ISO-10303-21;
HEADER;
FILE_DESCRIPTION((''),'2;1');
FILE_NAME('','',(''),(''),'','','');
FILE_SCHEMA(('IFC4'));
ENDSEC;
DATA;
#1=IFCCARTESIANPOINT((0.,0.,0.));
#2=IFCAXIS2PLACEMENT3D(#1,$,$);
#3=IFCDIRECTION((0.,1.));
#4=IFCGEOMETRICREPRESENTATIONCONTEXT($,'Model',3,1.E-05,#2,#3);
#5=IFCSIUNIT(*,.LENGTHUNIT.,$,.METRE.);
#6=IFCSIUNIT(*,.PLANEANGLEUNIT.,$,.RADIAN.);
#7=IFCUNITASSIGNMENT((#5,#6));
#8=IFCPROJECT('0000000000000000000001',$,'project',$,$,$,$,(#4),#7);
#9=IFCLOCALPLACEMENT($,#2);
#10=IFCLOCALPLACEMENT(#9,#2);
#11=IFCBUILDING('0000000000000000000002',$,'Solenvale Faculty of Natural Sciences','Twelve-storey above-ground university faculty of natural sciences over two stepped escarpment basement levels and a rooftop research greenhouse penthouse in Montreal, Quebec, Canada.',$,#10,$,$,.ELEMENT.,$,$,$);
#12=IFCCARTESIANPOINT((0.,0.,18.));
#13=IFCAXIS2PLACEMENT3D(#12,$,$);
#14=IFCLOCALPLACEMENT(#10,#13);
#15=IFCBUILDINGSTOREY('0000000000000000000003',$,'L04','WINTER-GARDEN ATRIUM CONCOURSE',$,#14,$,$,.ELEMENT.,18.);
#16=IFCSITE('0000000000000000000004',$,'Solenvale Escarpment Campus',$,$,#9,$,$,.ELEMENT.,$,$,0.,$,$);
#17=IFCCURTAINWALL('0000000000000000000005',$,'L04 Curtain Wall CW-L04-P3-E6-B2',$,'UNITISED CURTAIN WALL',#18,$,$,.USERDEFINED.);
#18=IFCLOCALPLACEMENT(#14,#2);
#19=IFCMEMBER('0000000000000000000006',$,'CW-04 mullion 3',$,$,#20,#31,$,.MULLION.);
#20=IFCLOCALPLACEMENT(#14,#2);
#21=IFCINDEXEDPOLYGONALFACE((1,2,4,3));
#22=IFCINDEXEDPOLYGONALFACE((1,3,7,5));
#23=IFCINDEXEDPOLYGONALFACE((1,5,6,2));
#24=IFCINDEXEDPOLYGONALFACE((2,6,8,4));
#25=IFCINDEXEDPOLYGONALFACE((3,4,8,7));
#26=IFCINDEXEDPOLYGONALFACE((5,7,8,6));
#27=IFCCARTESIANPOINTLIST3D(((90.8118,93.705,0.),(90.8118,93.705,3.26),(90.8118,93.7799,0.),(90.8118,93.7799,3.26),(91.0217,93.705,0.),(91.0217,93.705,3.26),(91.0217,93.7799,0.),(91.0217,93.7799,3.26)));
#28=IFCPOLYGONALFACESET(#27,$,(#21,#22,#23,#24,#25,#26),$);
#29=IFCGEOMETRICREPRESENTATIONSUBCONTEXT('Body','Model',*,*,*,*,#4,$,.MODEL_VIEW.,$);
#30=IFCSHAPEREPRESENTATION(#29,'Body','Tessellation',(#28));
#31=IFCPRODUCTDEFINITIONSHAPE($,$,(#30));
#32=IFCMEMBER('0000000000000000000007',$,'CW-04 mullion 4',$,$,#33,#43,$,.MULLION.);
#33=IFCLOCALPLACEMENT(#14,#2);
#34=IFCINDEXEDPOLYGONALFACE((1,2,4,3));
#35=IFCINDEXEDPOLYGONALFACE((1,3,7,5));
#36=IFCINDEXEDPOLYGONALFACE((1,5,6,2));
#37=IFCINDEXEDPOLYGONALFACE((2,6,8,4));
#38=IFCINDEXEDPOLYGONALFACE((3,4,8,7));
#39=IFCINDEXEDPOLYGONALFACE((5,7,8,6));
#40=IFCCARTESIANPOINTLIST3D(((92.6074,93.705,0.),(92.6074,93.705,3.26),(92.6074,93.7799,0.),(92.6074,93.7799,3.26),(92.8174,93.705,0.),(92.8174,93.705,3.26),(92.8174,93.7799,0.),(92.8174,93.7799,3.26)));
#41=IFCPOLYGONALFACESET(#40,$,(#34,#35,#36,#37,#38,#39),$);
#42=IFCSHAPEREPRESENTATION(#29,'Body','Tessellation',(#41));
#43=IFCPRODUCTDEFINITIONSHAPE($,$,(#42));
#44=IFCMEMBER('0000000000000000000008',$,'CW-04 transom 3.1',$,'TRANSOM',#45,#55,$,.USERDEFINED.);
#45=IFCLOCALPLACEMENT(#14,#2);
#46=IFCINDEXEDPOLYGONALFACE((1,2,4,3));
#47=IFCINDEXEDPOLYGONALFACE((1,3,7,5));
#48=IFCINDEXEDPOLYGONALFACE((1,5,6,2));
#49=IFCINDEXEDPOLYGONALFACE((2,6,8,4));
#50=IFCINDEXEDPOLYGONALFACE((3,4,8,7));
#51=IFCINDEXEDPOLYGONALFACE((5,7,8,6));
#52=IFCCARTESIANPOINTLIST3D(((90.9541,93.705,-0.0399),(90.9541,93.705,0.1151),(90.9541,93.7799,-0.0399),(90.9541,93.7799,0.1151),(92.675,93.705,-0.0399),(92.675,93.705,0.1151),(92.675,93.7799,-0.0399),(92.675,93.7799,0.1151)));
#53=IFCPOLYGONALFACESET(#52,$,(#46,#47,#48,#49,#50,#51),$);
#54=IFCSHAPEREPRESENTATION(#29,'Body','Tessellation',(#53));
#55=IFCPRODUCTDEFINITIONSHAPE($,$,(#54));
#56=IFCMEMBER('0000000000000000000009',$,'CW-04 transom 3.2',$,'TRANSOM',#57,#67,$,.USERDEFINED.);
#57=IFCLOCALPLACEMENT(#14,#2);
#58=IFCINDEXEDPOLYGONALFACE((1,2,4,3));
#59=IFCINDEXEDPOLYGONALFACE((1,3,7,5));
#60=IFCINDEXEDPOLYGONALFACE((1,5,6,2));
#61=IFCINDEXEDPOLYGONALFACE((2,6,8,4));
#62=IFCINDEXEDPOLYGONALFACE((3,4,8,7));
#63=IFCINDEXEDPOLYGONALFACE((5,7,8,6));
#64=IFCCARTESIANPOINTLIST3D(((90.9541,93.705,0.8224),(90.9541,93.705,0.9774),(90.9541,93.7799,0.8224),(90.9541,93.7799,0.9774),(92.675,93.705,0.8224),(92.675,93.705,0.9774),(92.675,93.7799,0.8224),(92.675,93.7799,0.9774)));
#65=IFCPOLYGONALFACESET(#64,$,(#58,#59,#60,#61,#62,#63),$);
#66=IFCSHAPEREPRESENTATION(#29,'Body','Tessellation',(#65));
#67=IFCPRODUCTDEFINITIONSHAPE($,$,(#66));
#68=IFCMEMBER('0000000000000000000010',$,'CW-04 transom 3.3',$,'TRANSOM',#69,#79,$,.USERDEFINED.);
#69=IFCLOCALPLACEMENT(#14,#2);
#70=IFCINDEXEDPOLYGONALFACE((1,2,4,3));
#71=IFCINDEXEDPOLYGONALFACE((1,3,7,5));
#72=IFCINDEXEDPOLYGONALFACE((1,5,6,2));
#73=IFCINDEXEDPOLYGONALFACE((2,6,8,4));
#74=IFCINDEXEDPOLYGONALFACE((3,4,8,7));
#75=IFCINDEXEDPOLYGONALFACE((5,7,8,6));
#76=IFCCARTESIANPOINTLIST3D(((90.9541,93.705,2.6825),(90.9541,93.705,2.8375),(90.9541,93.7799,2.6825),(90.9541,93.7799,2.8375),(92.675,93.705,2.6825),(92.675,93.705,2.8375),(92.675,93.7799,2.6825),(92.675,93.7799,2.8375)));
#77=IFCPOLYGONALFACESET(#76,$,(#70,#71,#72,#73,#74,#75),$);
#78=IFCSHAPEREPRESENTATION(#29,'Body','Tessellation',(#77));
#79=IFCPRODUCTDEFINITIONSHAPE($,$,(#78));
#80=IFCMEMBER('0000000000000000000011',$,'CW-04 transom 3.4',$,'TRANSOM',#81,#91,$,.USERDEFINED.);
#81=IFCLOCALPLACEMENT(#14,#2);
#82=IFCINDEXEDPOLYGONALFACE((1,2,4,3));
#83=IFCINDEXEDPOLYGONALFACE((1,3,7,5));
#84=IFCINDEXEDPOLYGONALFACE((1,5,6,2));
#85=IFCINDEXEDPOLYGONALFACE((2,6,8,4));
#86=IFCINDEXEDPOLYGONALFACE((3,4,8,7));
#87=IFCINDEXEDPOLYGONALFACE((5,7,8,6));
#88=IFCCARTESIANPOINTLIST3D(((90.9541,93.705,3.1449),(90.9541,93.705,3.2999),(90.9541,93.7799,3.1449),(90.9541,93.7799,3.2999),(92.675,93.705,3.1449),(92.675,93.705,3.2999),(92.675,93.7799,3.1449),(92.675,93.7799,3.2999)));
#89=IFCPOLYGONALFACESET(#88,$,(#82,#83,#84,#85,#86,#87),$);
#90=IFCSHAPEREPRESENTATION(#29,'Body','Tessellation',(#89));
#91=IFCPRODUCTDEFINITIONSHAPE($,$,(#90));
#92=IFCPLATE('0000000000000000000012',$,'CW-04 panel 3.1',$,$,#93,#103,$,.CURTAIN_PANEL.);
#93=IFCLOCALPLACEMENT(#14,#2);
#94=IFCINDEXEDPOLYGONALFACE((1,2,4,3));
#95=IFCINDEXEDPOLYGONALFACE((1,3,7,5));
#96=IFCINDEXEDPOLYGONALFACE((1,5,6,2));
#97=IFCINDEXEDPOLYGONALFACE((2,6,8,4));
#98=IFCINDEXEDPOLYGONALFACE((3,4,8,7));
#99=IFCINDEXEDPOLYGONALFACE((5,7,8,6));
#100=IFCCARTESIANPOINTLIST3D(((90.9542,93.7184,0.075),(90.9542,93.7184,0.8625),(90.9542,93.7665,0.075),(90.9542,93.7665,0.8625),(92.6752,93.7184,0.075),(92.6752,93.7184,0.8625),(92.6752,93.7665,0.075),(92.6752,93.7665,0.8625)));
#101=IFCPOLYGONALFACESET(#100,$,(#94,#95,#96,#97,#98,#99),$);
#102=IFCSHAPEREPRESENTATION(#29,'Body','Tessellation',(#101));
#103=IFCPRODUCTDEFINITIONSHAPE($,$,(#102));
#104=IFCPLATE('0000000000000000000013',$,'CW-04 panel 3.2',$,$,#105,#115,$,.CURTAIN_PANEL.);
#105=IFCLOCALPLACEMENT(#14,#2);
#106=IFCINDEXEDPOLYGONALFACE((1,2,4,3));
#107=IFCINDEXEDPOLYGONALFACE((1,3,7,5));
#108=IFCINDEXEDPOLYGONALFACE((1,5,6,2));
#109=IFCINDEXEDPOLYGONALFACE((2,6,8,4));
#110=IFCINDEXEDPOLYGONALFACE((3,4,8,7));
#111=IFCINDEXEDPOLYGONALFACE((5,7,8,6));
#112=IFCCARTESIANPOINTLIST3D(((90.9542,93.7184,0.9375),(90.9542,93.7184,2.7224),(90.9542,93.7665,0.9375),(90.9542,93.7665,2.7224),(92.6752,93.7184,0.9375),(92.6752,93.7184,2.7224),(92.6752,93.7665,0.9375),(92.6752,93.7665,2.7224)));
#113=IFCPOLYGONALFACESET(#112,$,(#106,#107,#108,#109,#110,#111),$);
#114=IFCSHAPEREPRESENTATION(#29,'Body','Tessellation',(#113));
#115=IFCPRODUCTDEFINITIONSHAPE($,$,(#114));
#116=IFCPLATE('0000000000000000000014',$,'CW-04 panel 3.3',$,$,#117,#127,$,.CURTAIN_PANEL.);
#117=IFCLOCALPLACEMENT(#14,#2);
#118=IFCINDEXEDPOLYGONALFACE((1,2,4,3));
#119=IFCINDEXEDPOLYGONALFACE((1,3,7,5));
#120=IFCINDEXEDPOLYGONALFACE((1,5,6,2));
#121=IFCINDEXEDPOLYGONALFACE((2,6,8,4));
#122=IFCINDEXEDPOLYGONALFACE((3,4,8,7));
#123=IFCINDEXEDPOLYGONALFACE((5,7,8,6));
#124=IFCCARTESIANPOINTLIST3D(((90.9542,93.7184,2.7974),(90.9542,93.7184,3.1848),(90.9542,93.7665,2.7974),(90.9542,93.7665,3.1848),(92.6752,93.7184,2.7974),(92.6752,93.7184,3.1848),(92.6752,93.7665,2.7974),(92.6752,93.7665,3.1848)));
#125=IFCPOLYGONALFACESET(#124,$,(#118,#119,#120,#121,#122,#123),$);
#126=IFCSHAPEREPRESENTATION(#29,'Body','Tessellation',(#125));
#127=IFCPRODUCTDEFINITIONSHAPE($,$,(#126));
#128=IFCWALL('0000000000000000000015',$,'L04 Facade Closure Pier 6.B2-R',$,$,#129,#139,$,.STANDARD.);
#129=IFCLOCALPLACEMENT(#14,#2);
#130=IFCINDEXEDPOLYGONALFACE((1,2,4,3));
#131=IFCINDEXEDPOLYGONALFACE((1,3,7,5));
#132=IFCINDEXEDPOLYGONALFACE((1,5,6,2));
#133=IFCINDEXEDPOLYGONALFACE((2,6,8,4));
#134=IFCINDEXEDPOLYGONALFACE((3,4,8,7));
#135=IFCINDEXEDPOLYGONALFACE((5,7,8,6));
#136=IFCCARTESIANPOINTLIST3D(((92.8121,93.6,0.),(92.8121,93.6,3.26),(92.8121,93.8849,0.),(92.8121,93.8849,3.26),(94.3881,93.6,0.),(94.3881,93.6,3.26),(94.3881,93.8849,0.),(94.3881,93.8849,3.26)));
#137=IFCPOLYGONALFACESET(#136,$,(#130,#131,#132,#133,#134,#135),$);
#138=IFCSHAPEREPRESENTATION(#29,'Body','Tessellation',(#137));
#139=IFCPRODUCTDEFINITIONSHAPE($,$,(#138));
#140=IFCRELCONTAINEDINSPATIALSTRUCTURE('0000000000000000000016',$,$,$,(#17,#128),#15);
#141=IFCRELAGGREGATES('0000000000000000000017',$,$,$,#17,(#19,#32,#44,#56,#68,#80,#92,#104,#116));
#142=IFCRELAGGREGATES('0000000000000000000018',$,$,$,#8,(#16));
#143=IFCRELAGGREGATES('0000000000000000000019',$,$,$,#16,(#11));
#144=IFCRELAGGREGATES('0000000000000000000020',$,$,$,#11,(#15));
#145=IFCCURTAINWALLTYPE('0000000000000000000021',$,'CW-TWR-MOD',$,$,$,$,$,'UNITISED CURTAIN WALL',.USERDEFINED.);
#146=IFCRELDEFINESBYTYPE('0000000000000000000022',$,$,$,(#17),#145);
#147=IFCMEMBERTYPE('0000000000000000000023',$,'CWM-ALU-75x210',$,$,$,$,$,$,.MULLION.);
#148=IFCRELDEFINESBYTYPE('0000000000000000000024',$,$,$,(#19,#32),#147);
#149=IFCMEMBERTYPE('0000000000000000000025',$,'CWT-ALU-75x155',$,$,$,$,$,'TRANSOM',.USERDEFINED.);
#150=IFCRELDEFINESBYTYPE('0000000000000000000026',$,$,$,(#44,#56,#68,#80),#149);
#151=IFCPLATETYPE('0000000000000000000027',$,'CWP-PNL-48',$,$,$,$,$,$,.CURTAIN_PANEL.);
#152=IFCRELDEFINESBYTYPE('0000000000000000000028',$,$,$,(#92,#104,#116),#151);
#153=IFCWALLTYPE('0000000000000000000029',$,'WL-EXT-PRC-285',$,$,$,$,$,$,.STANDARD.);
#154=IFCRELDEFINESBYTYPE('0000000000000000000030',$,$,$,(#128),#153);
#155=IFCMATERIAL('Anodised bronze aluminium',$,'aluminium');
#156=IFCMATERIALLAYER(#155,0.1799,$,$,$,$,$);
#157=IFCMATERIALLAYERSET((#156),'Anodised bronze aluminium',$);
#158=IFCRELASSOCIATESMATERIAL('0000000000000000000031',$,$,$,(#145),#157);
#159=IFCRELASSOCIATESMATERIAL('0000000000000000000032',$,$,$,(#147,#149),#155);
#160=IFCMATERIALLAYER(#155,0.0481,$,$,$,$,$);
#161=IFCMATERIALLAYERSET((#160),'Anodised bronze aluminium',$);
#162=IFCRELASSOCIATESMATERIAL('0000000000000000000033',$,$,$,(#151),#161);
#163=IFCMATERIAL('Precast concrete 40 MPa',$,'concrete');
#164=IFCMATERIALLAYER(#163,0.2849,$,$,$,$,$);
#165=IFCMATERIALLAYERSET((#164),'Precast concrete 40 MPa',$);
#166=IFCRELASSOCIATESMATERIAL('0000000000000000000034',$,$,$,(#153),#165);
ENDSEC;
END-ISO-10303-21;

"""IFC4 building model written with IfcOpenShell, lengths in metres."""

from ifc_helpers import new_model, si_unit, direction, frame, frame_2d, origin, origin_2d, place, context, subcontext, project, spatial, rectangle, extrude, material, layer, layer_set, material_profile, profile_set, type_object, element, aggregate, save


model = new_model("IFC4")

# Units and contexts
model_context = context("Model", 3, precision=1e-05, world=origin(), true_north=direction((0.0, 1.0)))
body_context = subcontext(model_context, "Body", "Model", "MODEL_VIEW")
ifc_project = project(units=[si_unit("LENGTHUNIT", "METRE"), si_unit("PLANEANGLEUNIT", "RADIAN")], contexts=[model_context])

# Site, building, storey
site_placement = place(None, origin())
site = spatial("IfcSite", under=ifc_project, at=site_placement, Name="Solenvale Escarpment Campus", CompositionType="ELEMENT", RefElevation=0.0)
building_placement = place(site_placement, origin())
building = spatial("IfcBuilding", under=site, at=building_placement, Name="Solenvale Faculty of Natural Sciences", Description="Twelve-storey above-ground university faculty of natural sciences over two stepped escarpment basement levels and a rooftop research greenhouse penthouse in Montreal, Quebec, Canada.", CompositionType="ELEMENT")
storey_placement = place(building_placement, frame((0.0, 0.0, 18.0)))
storey = spatial("IfcBuildingStorey", under=building, at=storey_placement, Name="L04", Description="WINTER-GARDEN ATRIUM CONCOURSE", CompositionType="ELEMENT", Elevation=18.0)

# Curtain wall, members, plates
ifc_material_1 = material(Name="Anodised bronze aluminium", Category="aluminium")
ifc_layer_1 = layer(ifc_material_1, 0.1799)
ifc_layer_set_1 = layer_set([ifc_layer_1], Name="Anodised bronze aluminium")
curtain_wall_type = type_object("IfcCurtainWallType", Name="CW-TWR-MOD", ElementType="UNITISED CURTAIN WALL", PredefinedType="USERDEFINED", material=ifc_layer_set_1)
curtain_wall_placement = place(storey_placement, origin())
curtain_wall = element("IfcCurtainWall", 1, at=curtain_wall_placement, inside=storey, type_object=curtain_wall_type, Name="L04 Curtain Wall CW-L04-P3-E6-B2", ObjectType="UNITISED CURTAIN WALL", PredefinedType="USERDEFINED")
ifc_material_profile_1 = material_profile(ifc_material_1, rectangle(XDim=0.075, YDim=0.21, at=origin_2d()), Name="ALU-MUL-75x210")
ifc_profile_set_1 = profile_set([ifc_material_profile_1], Name="Anodised bronze aluminium")
member_type_1 = type_object("IfcMemberType", Name="CWM-ALU-75x210", PredefinedType="MULLION", material=ifc_profile_set_1)
member_1_placement = place(storey_placement, frame((90.9167, 93.7424, 0.0), z_axis=(0.0, 0.0, 1.0), x_axis=(0.0, 1.0, 0.0)))
member_1 = element("IfcMember", 2, at=member_1_placement, type_object=member_type_1, Name="CW-04 mullion 3", PredefinedType="MULLION", context=body_context, shape_type="SweptSolid", body=[
    extrude(rectangle(XDim=0.075, YDim=0.21, at=origin_2d()), origin(), (0.0, 0.0, 1.0), 3.26),
])
member_2_placement = place(storey_placement, frame((92.7124, 93.7424, 0.0), z_axis=(0.0, 0.0, 1.0), x_axis=(0.0, 1.0, 0.0)))
member_2 = element("IfcMember", 3, at=member_2_placement, type_object=member_type_1, Name="CW-04 mullion 4", PredefinedType="MULLION", context=body_context, shape_type="SweptSolid", body=[
    extrude(rectangle(XDim=0.075, YDim=0.21, at=origin_2d()), origin(), (0.0, 0.0, 1.0), 3.26),
])
ifc_material_profile_2 = material_profile(ifc_material_1, rectangle(XDim=0.075, YDim=0.155, at=origin_2d()), Name="ALU-TRN-75x155")
ifc_profile_set_2 = profile_set([ifc_material_profile_2], Name="Anodised bronze aluminium")
member_type_2 = type_object("IfcMemberType", Name="CWT-ALU-75x155", ElementType="TRANSOM", PredefinedType="USERDEFINED", material=ifc_profile_set_2)
member_3_placement = place(storey_placement, frame((90.9541, 93.7424, 0.0376), z_axis=(1.0, 0.0, 0.0), x_axis=(0.0, 1.0, 0.0)))
member_3 = element("IfcMember", 4, at=member_3_placement, type_object=member_type_2, Name="CW-04 transom 3.1", ObjectType="TRANSOM", PredefinedType="USERDEFINED", context=body_context, shape_type="SweptSolid", body=[
    extrude(rectangle(XDim=0.075, YDim=0.155, at=origin_2d()), origin(), (0.0, 0.0, 1.0), 1.7209),
])
member_4_placement = place(storey_placement, frame((90.9541, 93.7424, 0.8999), z_axis=(1.0, 0.0, 0.0), x_axis=(0.0, 1.0, 0.0)))
member_4 = element("IfcMember", 5, at=member_4_placement, type_object=member_type_2, Name="CW-04 transom 3.2", ObjectType="TRANSOM", PredefinedType="USERDEFINED", context=body_context, shape_type="SweptSolid", body=[
    extrude(rectangle(XDim=0.075, YDim=0.155, at=origin_2d()), origin(), (0.0, 0.0, 1.0), 1.7209),
])
member_5_placement = place(storey_placement, frame((90.9541, 93.7424, 2.76), z_axis=(1.0, 0.0, 0.0), x_axis=(0.0, 1.0, 0.0)))
member_5 = element("IfcMember", 6, at=member_5_placement, type_object=member_type_2, Name="CW-04 transom 3.3", ObjectType="TRANSOM", PredefinedType="USERDEFINED", context=body_context, shape_type="SweptSolid", body=[
    extrude(rectangle(XDim=0.075, YDim=0.155, at=origin_2d()), origin(), (0.0, 0.0, 1.0), 1.7209),
])
member_6_placement = place(storey_placement, frame((90.9541, 93.7424, 3.2224), z_axis=(1.0, 0.0, 0.0), x_axis=(0.0, 1.0, 0.0)))
member_6 = element("IfcMember", 7, at=member_6_placement, type_object=member_type_2, Name="CW-04 transom 3.4", ObjectType="TRANSOM", PredefinedType="USERDEFINED", context=body_context, shape_type="SweptSolid", body=[
    extrude(rectangle(XDim=0.075, YDim=0.155, at=origin_2d()), origin(), (0.0, 0.0, 1.0), 1.7209),
])
ifc_layer_2 = layer(ifc_material_1, 0.0481)
ifc_layer_set_2 = layer_set([ifc_layer_2], Name="Anodised bronze aluminium")
plate_type = type_object("IfcPlateType", Name="CWP-PNL-48", PredefinedType="CURTAIN_PANEL", material=ifc_layer_set_2)
plate_1_placement = place(storey_placement, frame((91.8147, 93.7424, 0.075), z_axis=(0.0, 0.0, 1.0), x_axis=(1.0, 0.0, 0.0)))
plate_1 = element("IfcPlate", 8, at=plate_1_placement, type_object=plate_type, Name="CW-04 panel 3.1", PredefinedType="CURTAIN_PANEL", context=body_context, shape_type="SweptSolid", body=[
    extrude(rectangle(XDim=1.7209, YDim=0.0481, at=origin_2d()), origin(), (0.0, 0.0, 1.0), 0.7876),
])
plate_2_placement = place(storey_placement, frame((91.8147, 93.7424, 0.9375), z_axis=(0.0, 0.0, 1.0), x_axis=(1.0, 0.0, 0.0)))
plate_2 = element("IfcPlate", 9, at=plate_2_placement, type_object=plate_type, Name="CW-04 panel 3.2", PredefinedType="CURTAIN_PANEL", context=body_context, shape_type="SweptSolid", body=[
    extrude(rectangle(XDim=1.7209, YDim=0.0481, at=origin_2d()), origin(), (0.0, 0.0, 1.0), 1.7849),
])
plate_3_placement = place(storey_placement, frame((91.8147, 93.7424, 2.7974), z_axis=(0.0, 0.0, 1.0), x_axis=(1.0, 0.0, 0.0)))
plate_3 = element("IfcPlate", 10, at=plate_3_placement, type_object=plate_type, Name="CW-04 panel 3.3", PredefinedType="CURTAIN_PANEL", context=body_context, shape_type="SweptSolid", body=[
    extrude(rectangle(XDim=1.7209, YDim=0.0481, at=origin_2d()), origin(), (0.0, 0.0, 1.0), 0.3875),
])
aggregate(curtain_wall, [member_1, member_2, member_3, member_4, member_5, member_6, plate_1, plate_2, plate_3])

# Wall
ifc_material_2 = material(Name="Precast concrete 40 MPa", Category="concrete")
ifc_layer_3 = layer(ifc_material_2, 0.2849)
ifc_layer_set_3 = layer_set([ifc_layer_3], Name="Precast concrete 40 MPa")
wall_type = type_object("IfcWallType", Name="WL-EXT-PRC-285", PredefinedType="STANDARD", material=ifc_layer_set_3)
wall_placement = place(storey_placement, frame((92.812, 93.7424, 0.0), z_axis=(0.0, 0.0, 1.0), x_axis=(1.0, 0.0, 0.0)))
element("IfcWall", 11, at=wall_placement, inside=storey, type_object=wall_type, Name="L04 Facade Closure Pier 6.B2-R", PredefinedType="STANDARD", context=body_context, shape_type="SweptSolid", body=[
    extrude(rectangle(XDim=1.5759, YDim=0.2849, at=frame_2d((0.7881, 0.0))), origin(), (0.0, 0.0, 1.0), 3.26),
])

save(model, "model.ifc")
